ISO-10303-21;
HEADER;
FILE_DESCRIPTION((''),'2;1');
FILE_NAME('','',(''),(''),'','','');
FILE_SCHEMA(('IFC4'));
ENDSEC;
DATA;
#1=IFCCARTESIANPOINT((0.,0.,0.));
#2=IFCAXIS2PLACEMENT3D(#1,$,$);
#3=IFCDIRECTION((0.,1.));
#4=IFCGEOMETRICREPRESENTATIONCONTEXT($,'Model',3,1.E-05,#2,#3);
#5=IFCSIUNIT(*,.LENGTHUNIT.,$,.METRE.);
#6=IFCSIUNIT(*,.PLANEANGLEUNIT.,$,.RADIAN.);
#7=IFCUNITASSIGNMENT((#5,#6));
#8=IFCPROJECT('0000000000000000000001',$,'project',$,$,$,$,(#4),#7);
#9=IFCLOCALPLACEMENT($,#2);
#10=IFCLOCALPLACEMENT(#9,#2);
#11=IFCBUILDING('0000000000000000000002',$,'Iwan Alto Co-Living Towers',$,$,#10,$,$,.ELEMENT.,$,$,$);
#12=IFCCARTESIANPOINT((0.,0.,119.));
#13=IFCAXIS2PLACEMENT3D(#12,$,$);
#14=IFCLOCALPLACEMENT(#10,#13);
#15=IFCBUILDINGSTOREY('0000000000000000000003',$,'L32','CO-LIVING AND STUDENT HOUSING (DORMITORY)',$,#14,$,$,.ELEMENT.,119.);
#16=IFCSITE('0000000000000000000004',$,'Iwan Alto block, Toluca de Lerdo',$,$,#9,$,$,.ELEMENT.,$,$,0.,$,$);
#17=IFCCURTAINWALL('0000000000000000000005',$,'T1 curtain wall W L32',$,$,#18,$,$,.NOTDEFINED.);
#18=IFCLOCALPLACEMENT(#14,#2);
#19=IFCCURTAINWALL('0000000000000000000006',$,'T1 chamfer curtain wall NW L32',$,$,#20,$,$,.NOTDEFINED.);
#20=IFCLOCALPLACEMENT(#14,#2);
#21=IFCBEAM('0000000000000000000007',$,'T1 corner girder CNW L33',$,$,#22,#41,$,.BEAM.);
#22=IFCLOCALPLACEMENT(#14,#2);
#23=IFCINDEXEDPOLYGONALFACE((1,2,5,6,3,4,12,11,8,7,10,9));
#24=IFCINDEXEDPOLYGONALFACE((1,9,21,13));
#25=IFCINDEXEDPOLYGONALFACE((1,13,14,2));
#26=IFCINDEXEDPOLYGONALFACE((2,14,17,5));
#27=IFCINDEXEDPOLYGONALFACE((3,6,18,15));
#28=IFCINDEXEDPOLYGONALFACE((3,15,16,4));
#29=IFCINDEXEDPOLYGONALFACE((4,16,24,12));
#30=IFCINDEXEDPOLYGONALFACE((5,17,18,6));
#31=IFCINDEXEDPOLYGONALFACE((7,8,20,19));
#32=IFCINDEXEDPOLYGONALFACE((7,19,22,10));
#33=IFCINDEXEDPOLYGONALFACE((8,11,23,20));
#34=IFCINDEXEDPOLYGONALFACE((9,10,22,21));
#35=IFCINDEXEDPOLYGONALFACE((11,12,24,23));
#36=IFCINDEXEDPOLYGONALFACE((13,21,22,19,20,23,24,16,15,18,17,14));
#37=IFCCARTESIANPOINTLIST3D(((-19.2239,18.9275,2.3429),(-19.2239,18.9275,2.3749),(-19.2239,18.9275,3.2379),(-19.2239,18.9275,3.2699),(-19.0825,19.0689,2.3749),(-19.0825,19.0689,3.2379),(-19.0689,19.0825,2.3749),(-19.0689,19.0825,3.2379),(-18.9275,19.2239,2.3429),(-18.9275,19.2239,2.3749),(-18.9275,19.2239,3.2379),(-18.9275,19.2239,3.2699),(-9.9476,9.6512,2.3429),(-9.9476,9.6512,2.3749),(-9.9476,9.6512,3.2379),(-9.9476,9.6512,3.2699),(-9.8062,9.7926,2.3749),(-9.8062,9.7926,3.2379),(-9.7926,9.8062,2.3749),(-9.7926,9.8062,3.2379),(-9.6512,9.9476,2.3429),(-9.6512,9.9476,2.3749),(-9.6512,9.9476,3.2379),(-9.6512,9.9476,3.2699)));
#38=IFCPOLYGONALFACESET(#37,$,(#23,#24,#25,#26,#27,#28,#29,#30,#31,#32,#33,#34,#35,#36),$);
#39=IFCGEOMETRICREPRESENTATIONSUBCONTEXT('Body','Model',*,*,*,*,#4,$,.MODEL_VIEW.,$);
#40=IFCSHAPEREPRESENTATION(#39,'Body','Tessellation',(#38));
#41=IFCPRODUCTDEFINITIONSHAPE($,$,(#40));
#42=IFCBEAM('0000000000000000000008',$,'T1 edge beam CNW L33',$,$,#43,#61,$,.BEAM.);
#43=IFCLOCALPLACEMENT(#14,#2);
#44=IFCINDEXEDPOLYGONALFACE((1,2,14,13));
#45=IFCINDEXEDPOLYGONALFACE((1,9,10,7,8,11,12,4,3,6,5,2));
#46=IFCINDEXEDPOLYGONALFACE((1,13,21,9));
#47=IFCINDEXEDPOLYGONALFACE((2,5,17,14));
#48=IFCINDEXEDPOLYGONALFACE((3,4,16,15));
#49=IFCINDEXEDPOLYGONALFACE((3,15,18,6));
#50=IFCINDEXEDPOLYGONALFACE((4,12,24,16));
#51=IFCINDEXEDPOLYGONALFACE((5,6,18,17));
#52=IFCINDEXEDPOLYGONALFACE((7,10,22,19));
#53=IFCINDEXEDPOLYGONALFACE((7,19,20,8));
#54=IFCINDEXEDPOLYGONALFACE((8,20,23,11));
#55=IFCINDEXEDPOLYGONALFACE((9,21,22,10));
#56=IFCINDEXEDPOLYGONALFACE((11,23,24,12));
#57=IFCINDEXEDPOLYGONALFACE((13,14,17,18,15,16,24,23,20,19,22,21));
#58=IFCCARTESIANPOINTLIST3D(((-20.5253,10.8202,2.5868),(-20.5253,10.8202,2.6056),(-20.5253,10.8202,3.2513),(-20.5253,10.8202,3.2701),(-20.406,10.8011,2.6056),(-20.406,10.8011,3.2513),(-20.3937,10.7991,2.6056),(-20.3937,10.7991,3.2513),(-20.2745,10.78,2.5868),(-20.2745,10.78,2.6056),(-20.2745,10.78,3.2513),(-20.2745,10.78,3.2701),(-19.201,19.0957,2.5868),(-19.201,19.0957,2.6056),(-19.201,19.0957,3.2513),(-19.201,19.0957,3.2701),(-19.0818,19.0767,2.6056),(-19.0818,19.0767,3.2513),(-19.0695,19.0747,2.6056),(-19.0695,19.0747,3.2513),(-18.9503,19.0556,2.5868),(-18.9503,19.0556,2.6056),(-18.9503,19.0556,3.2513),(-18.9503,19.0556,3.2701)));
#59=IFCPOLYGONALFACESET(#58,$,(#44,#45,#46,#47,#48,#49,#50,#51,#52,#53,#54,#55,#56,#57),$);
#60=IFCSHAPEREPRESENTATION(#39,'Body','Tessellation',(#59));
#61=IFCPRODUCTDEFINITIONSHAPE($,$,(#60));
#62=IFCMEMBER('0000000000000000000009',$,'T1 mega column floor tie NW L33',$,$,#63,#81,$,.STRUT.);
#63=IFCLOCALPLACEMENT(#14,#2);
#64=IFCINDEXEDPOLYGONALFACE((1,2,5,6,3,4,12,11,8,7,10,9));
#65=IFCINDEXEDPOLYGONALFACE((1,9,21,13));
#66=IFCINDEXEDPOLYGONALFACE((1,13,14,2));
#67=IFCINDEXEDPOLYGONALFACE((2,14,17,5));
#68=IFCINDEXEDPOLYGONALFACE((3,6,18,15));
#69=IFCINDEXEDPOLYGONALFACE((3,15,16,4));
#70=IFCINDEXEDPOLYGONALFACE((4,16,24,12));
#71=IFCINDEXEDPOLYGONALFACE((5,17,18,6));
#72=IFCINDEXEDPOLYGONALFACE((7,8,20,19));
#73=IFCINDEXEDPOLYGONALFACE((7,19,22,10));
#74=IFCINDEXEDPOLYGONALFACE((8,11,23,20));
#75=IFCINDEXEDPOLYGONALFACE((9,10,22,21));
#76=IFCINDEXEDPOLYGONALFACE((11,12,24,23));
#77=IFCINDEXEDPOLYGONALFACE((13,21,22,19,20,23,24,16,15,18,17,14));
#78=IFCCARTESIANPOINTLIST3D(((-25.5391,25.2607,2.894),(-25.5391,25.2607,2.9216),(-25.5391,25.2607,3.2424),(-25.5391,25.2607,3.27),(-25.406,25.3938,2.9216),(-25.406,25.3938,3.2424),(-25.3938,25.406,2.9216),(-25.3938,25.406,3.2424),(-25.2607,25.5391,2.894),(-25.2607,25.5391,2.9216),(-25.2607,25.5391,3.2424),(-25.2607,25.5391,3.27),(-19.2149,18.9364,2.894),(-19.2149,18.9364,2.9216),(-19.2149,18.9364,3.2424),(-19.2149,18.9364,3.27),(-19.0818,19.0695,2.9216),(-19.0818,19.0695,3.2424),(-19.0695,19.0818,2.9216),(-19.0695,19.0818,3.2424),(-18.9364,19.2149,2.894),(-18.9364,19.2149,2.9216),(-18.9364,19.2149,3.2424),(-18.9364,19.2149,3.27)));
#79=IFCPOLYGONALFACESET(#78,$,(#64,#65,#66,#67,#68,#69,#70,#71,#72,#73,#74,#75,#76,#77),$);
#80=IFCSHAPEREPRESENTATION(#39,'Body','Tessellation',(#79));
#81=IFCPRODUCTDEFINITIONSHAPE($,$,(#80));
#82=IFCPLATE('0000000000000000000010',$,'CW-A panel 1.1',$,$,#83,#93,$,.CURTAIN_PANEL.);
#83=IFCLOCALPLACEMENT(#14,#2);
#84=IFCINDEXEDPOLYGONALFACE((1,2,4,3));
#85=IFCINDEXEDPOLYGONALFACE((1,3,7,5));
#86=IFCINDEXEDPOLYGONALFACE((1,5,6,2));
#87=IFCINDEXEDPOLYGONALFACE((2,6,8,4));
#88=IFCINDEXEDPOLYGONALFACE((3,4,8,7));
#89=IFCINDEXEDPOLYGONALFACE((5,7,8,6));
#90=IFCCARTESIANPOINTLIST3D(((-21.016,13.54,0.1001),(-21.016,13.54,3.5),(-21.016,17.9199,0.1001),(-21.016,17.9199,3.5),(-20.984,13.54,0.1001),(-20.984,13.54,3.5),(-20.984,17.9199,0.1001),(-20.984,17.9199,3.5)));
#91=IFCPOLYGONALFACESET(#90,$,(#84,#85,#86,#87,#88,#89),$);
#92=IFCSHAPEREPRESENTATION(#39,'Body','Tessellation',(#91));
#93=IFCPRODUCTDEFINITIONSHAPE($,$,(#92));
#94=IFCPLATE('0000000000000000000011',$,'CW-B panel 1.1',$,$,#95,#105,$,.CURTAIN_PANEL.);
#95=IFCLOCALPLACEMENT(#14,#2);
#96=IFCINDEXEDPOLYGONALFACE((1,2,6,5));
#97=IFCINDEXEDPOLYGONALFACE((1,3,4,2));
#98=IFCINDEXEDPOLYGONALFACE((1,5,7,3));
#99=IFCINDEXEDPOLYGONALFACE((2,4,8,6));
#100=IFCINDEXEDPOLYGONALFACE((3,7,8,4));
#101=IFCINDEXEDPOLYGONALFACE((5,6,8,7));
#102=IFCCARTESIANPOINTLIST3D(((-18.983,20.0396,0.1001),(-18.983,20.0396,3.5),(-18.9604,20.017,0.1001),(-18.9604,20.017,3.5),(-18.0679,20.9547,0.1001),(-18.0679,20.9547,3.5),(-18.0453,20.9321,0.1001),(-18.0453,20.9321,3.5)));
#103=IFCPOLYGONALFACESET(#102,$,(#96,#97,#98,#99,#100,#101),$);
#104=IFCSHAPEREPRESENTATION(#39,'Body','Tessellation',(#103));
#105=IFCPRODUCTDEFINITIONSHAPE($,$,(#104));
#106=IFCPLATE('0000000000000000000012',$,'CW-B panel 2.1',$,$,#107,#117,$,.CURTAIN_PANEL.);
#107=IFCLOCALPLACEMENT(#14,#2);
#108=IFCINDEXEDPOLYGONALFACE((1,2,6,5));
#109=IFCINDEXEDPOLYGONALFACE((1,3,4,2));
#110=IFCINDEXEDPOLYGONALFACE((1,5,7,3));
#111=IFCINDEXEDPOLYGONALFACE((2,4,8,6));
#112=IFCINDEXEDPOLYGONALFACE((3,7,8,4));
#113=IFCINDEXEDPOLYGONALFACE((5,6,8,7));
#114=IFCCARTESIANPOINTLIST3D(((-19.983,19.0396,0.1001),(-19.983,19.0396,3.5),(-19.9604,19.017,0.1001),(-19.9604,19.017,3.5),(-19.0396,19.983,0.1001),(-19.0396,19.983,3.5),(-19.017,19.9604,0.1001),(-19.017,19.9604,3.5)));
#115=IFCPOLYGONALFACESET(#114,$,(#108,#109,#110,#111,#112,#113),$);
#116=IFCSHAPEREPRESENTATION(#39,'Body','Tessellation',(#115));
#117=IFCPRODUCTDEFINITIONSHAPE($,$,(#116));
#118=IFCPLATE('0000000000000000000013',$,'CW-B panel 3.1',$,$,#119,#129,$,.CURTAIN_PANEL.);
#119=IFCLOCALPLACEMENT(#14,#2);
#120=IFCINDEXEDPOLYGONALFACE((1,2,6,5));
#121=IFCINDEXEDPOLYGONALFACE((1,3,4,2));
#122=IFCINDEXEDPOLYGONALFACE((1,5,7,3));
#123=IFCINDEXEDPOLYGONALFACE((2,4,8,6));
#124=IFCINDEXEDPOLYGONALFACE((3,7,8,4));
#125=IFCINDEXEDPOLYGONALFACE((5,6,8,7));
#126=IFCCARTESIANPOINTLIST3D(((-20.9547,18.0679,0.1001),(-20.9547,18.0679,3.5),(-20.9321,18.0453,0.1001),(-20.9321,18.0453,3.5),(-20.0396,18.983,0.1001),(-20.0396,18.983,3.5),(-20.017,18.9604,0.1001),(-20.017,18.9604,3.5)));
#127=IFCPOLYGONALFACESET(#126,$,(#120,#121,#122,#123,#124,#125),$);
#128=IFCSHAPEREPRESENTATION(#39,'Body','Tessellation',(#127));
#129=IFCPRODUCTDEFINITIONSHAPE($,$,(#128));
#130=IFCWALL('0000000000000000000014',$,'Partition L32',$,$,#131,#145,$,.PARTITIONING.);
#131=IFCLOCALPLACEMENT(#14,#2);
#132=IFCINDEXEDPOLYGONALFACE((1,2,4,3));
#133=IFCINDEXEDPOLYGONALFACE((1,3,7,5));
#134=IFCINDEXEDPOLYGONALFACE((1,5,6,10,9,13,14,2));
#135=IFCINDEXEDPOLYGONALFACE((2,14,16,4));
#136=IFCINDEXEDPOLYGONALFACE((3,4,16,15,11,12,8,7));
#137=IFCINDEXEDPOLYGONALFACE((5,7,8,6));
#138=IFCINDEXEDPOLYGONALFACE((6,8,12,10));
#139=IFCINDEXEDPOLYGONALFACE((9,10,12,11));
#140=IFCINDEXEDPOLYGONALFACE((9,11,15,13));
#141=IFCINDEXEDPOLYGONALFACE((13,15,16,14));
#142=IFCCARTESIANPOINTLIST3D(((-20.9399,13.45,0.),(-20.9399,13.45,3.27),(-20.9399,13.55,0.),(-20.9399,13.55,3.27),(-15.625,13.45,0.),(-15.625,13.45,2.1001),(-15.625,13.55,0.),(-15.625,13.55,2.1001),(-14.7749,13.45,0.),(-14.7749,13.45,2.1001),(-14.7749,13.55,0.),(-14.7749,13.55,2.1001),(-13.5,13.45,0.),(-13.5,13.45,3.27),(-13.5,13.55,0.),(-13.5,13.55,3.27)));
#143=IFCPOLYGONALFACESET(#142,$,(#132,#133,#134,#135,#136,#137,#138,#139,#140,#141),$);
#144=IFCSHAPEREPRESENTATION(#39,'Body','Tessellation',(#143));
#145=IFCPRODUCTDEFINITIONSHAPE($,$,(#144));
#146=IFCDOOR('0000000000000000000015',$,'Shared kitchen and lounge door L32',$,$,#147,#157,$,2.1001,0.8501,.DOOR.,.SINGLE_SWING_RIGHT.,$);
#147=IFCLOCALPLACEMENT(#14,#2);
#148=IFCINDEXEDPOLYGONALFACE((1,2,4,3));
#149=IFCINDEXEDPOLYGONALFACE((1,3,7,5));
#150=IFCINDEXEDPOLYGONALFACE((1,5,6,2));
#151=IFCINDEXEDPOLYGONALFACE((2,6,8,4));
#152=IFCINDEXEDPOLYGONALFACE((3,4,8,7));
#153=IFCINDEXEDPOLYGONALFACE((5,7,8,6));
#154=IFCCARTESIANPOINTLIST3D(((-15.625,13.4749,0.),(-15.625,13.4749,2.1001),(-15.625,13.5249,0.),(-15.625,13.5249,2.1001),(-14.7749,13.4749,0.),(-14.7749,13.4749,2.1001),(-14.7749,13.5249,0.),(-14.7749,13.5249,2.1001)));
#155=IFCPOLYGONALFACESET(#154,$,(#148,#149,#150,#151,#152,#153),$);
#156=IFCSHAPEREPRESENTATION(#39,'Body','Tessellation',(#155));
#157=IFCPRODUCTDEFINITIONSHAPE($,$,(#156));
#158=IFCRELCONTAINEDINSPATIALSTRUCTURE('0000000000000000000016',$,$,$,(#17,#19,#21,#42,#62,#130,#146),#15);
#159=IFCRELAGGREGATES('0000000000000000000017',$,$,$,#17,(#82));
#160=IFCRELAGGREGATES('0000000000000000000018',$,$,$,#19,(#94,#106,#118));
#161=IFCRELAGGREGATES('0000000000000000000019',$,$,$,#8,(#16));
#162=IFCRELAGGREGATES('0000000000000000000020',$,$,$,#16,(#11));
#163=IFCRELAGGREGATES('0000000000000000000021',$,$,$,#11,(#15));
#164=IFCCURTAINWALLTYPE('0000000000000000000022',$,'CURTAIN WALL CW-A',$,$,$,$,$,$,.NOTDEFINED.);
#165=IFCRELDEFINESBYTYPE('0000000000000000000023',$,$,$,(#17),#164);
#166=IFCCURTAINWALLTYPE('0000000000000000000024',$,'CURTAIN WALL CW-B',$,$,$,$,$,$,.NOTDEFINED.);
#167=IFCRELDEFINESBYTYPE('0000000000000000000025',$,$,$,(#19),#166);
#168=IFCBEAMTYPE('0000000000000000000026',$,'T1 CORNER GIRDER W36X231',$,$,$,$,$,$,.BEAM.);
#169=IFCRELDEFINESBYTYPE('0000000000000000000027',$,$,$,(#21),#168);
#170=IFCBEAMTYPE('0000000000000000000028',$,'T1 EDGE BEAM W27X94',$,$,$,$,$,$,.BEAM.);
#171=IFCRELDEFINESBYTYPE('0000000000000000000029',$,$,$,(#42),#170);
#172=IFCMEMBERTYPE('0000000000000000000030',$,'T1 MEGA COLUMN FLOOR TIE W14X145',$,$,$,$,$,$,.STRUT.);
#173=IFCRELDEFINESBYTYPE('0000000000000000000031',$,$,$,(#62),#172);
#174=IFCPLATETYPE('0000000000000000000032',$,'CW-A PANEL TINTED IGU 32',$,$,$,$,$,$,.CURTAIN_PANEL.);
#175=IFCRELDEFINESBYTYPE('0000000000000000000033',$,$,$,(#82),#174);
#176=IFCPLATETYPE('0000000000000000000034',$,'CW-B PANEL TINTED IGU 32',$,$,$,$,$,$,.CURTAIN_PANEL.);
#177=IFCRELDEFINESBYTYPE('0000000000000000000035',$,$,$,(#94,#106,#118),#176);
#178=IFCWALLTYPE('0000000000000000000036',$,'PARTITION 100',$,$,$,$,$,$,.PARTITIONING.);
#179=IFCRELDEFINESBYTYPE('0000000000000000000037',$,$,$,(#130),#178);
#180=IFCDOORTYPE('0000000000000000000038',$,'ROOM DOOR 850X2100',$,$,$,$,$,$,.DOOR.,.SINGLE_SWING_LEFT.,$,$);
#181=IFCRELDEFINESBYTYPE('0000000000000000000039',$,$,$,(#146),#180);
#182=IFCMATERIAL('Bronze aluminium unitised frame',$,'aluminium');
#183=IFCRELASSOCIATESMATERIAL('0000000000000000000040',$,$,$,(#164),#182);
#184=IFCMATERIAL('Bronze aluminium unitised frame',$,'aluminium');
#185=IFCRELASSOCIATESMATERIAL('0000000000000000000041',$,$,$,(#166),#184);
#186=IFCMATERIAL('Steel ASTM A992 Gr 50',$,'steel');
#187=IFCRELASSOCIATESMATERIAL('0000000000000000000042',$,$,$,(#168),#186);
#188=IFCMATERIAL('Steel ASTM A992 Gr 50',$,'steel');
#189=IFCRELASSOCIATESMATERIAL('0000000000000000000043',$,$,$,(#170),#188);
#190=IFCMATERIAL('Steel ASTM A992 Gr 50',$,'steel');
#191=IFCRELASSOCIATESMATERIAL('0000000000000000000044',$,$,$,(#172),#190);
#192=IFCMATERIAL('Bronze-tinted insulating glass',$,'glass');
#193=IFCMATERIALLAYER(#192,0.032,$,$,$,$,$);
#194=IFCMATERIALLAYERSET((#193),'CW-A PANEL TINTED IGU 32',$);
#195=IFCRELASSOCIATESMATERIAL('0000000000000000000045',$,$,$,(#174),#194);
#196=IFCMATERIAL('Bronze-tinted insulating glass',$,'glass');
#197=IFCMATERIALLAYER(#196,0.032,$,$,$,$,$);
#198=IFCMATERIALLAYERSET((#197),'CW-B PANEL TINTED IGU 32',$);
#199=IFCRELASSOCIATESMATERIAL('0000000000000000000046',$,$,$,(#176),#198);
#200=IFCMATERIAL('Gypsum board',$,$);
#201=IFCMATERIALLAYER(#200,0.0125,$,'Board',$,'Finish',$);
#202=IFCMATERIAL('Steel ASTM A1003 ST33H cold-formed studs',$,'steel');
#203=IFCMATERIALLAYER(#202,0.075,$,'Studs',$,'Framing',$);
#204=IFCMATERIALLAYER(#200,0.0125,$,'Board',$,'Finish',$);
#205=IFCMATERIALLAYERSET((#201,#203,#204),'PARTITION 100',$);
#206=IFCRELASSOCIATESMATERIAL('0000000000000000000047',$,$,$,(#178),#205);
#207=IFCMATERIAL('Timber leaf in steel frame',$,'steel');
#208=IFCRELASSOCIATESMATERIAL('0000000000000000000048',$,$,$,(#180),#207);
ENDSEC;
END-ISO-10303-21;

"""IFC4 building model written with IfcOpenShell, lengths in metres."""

from ifc_helpers import new_model, si_unit, direction, frame, frame_2d, origin, origin_2d, place, context, subcontext, project, spatial, rectangle, i_section, extrude, material, layer, layer_set, material_profile, profile_set, type_object, element, fill, aggregate, save


model = new_model("IFC4")

# Units and contexts
model_context = context("Model", 3, precision=1e-05, world=origin(), true_north=direction((0.0, 1.0)))
body_context = subcontext(model_context, "Body", "Model", "MODEL_VIEW")
ifc_project = project(units=[si_unit("LENGTHUNIT", "METRE"), si_unit("PLANEANGLEUNIT", "RADIAN")], contexts=[model_context])

# Site, building, storey
site_placement = place(None, origin())
site = spatial("IfcSite", under=ifc_project, at=site_placement, Name="Iwan Alto block, Toluca de Lerdo", CompositionType="ELEMENT", RefElevation=0.0)
building_placement = place(site_placement, origin())
building = spatial("IfcBuilding", under=site, at=building_placement, Name="Iwan Alto Co-Living Towers", CompositionType="ELEMENT")
storey_placement = place(building_placement, frame((0.0, 0.0, 119.0)))
storey = spatial("IfcBuildingStorey", under=building, at=storey_placement, Name="L32", Description="CO-LIVING AND STUDENT HOUSING (DORMITORY)", CompositionType="ELEMENT", Elevation=119.0)

# Curtain walls
ifc_material_1 = material(Name="Bronze aluminium unitised frame", Category="aluminium")
curtain_wall_type_1 = type_object("IfcCurtainWallType", Name="CURTAIN WALL CW-A", PredefinedType="NOTDEFINED", material=ifc_material_1)
curtain_wall_1_placement = place(storey_placement, origin())
curtain_wall_1 = element("IfcCurtainWall", 1, at=curtain_wall_1_placement, inside=storey, type_object=curtain_wall_type_1, Name="T1 curtain wall W L32", PredefinedType="NOTDEFINED")
ifc_material_2 = material(Name="Bronze aluminium unitised frame", Category="aluminium")
curtain_wall_type_2 = type_object("IfcCurtainWallType", Name="CURTAIN WALL CW-B", PredefinedType="NOTDEFINED", material=ifc_material_2)
curtain_wall_2_placement = place(storey_placement, origin())
curtain_wall_2 = element("IfcCurtainWall", 2, at=curtain_wall_2_placement, inside=storey, type_object=curtain_wall_type_2, Name="T1 chamfer curtain wall NW L32", PredefinedType="NOTDEFINED")

# Beams
ifc_material_3 = material(Name="Steel ASTM A992 Gr 50", Category="steel")
ifc_material_profile_1 = material_profile(ifc_material_3, i_section(OverallWidth=0.4192, OverallDepth=0.927, WebThickness=0.0193, FlangeThickness=0.032, at=origin_2d()), Name="W36X231")
ifc_profile_set_1 = profile_set([ifc_material_profile_1], Name="Steel ASTM A992 Gr 50")
beam_type_1 = type_object("IfcBeamType", Name="T1 CORNER GIRDER W36X231", PredefinedType="BEAM", material=ifc_profile_set_1)
beam_1_placement = place(storey_placement, frame((-19.0757, 19.0757, 2.8064), z_axis=(0.707107, -0.707107, 0.0), x_axis=(0.707107, 0.707107, 0.0)))
element("IfcBeam", 3, at=beam_1_placement, inside=storey, type_object=beam_type_1, Name="T1 corner girder CNW L33", PredefinedType="BEAM", context=body_context, shape_type="SweptSolid", body=[
    extrude(i_section(OverallWidth=0.4192, OverallDepth=0.927, WebThickness=0.0193, FlangeThickness=0.032, at=origin_2d()), origin(), (0.0, 0.0, 1.0), 13.1187),
])
ifc_material_4 = material(Name="Steel ASTM A992 Gr 50", Category="steel")
ifc_material_profile_2 = material_profile(ifc_material_4, i_section(OverallWidth=0.2539, OverallDepth=0.6833, WebThickness=0.0125, FlangeThickness=0.0188, at=origin_2d()), Name="W27X94")
ifc_profile_set_2 = profile_set([ifc_material_profile_2], Name="Steel ASTM A992 Gr 50")
beam_type_2 = type_object("IfcBeamType", Name="T1 EDGE BEAM W27X94", PredefinedType="BEAM", material=ifc_profile_set_2)
beam_2_placement = place(storey_placement, frame((-19.0757, 19.0757, 2.9285), z_axis=(-0.158004, -0.987438, 0.0), x_axis=(0.987438, -0.158004, 0.0)))
element("IfcBeam", 4, at=beam_2_placement, inside=storey, type_object=beam_type_2, Name="T1 edge beam CNW L33", PredefinedType="BEAM", context=body_context, shape_type="SweptSolid", body=[
    extrude(i_section(OverallWidth=0.2539, OverallDepth=0.6833, WebThickness=0.0125, FlangeThickness=0.0188, at=origin_2d()), origin(), (0.0, 0.0, 1.0), 8.3809),
])

# Member
ifc_material_5 = material(Name="Steel ASTM A992 Gr 50", Category="steel")
ifc_material_profile_3 = material_profile(ifc_material_5, i_section(OverallWidth=0.3938, OverallDepth=0.376, WebThickness=0.0173, FlangeThickness=0.0276, at=origin_2d()), Name="W14X145")
ifc_profile_set_3 = profile_set([ifc_material_profile_3], Name="Steel ASTM A992 Gr 50")
member_type_1 = type_object("IfcMemberType", Name="T1 MEGA COLUMN FLOOR TIE W14X145", PredefinedType="STRUT", material=ifc_profile_set_3)
member_1_placement = place(storey_placement, frame((-25.3999, 25.3999, 3.082), z_axis=(0.707107, -0.707107, 0.0), x_axis=(0.707107, 0.707107, 0.0)))
element("IfcMember", 5, at=member_1_placement, inside=storey, type_object=member_type_1, Name="T1 mega column floor tie NW L33", PredefinedType="STRUT", context=body_context, shape_type="SweptSolid", body=[
    extrude(i_section(OverallWidth=0.3938, OverallDepth=0.376, WebThickness=0.0173, FlangeThickness=0.0276, at=origin_2d()), origin(), (0.0, 0.0, 1.0), 8.9438),
])

# Plates
ifc_material_6 = material(Name="Bronze-tinted insulating glass", Category="glass")
ifc_layer_1 = layer(ifc_material_6, 0.032)
ifc_layer_set_1 = layer_set([ifc_layer_1], Name="CW-A PANEL TINTED IGU 32")
plate_type_1 = type_object("IfcPlateType", Name="CW-A PANEL TINTED IGU 32", PredefinedType="CURTAIN_PANEL", material=ifc_layer_set_1)
plate_1_placement = place(storey_placement, frame((-21.0, 15.73, 0.1001), z_axis=(0.0, 0.0, 1.0), x_axis=(0.0, -1.0, 0.0)))
plate_1 = element("IfcPlate", 6, at=plate_1_placement, type_object=plate_type_1, Name="CW-A panel 1.1", PredefinedType="CURTAIN_PANEL", context=body_context, shape_type="SweptSolid", body=[
    extrude(rectangle(XDim=4.3799, YDim=0.032, at=origin_2d()), origin(), (0.0, 0.0, 1.0), 3.3999),
])
aggregate(curtain_wall_1, [plate_1])
ifc_material_7 = material(Name="Bronze-tinted insulating glass", Category="glass")
ifc_layer_2 = layer(ifc_material_7, 0.032)
ifc_layer_set_2 = layer_set([ifc_layer_2], Name="CW-B PANEL TINTED IGU 32")
plate_type_2 = type_object("IfcPlateType", Name="CW-B PANEL TINTED IGU 32", PredefinedType="CURTAIN_PANEL", material=ifc_layer_set_2)
plate_2_placement = place(storey_placement, frame((-18.5142, 20.4858, 0.1001), z_axis=(0.0, 0.0, 1.0), x_axis=(-0.707107, -0.707107, 0.0)))
plate_2 = element("IfcPlate", 7, at=plate_2_placement, type_object=plate_type_2, Name="CW-B panel 1.1", PredefinedType="CURTAIN_PANEL", context=body_context, shape_type="SweptSolid", body=[
    extrude(rectangle(XDim=1.2942, YDim=0.032, at=origin_2d()), origin(), (0.0, 0.0, 1.0), 3.3999),
])
plate_3_placement = place(storey_placement, frame((-19.5, 19.5, 0.1001), z_axis=(0.0, 0.0, 1.0), x_axis=(-0.707107, -0.707107, 0.0)))
plate_3 = element("IfcPlate", 8, at=plate_3_placement, type_object=plate_type_2, Name="CW-B panel 2.1", PredefinedType="CURTAIN_PANEL", context=body_context, shape_type="SweptSolid", body=[
    extrude(rectangle(XDim=1.3342, YDim=0.032, at=origin_2d()), origin(), (0.0, 0.0, 1.0), 3.3999),
])
plate_4_placement = place(storey_placement, frame((-20.4858, 18.5142, 0.1001), z_axis=(0.0, 0.0, 1.0), x_axis=(-0.707107, -0.707107, 0.0)))
plate_4 = element("IfcPlate", 9, at=plate_4_placement, type_object=plate_type_2, Name="CW-B panel 3.1", PredefinedType="CURTAIN_PANEL", context=body_context, shape_type="SweptSolid", body=[
    extrude(rectangle(XDim=1.2942, YDim=0.032, at=origin_2d()), origin(), (0.0, 0.0, 1.0), 3.3999),
])
aggregate(curtain_wall_2, [plate_2, plate_3, plate_4])

# Wall, opening, door
ifc_material_8 = material(Name="Gypsum board")
ifc_layer_3 = layer(ifc_material_8, 0.0125, Name="Board", Category="Finish")
ifc_material_9 = material(Name="Steel ASTM A1003 ST33H cold-formed studs", Category="steel")
ifc_layer_4 = layer(ifc_material_9, 0.075, Name="Studs", Category="Framing")
ifc_layer_5 = layer(ifc_material_8, 0.0125, Name="Board", Category="Finish")
ifc_layer_set_3 = layer_set([ifc_layer_3, ifc_layer_4, ifc_layer_5], Name="PARTITION 100")
wall_type = type_object("IfcWallType", Name="PARTITION 100", PredefinedType="PARTITIONING", material=ifc_layer_set_3)
wall_placement = place(storey_placement, frame((-20.9399, 13.5, 0.0), z_axis=(0.0, 0.0, 1.0), x_axis=(1.0, 0.0, 0.0)))
wall = element("IfcWall", 10, at=wall_placement, inside=storey, type_object=wall_type, Name="Partition L32", PredefinedType="PARTITIONING", context=body_context, shape_type="SweptSolid", body=[
    extrude(rectangle(XDim=7.4399, YDim=0.1001, at=frame_2d((3.72, 0.0))), origin(), (0.0, 0.0, 1.0), 3.27),
])
opening_placement = place(wall_placement, frame((5.3149, 0.0, 0.0)))
opening = element("IfcOpeningElement", 11, at=opening_placement, cuts=wall, PredefinedType="OPENING", context=body_context, shape_type="SweptSolid", body=[
    extrude(rectangle(XDim=0.8501, YDim=2.1001, at=frame_2d((0.425, 1.05))), frame((0.0, 0.0601, 0.0), z_axis=(0.0, -1.0, 0.0), x_axis=(1.0, 0.0, 0.0)), (0.0, 0.0, 1.0), 0.1201),
])
ifc_material_10 = material(Name="Timber leaf in steel frame", Category="steel")
door_type = type_object("IfcDoorType", Name="ROOM DOOR 850X2100", OperationType="SINGLE_SWING_LEFT", PredefinedType="DOOR", material=ifc_material_10)
door_placement = place(opening_placement, origin())
door = element("IfcDoor", 12, at=door_placement, inside=storey, type_object=door_type, Name="Shared kitchen and lounge door L32", OperationType="SINGLE_SWING_RIGHT", OverallHeight=2.1001, OverallWidth=0.8501, PredefinedType="DOOR", context=body_context, shape_type="SweptSolid", body=[
    extrude(rectangle(XDim=0.8501, YDim=2.1001, at=frame_2d((0.425, 1.05))), frame((0.0, 0.0249, 0.0), z_axis=(0.0, -1.0, 0.0), x_axis=(1.0, 0.0, 0.0)), (0.0, 0.0, 1.0), 0.05),
])
fill(opening, door)

save(model, "model.ifc")
